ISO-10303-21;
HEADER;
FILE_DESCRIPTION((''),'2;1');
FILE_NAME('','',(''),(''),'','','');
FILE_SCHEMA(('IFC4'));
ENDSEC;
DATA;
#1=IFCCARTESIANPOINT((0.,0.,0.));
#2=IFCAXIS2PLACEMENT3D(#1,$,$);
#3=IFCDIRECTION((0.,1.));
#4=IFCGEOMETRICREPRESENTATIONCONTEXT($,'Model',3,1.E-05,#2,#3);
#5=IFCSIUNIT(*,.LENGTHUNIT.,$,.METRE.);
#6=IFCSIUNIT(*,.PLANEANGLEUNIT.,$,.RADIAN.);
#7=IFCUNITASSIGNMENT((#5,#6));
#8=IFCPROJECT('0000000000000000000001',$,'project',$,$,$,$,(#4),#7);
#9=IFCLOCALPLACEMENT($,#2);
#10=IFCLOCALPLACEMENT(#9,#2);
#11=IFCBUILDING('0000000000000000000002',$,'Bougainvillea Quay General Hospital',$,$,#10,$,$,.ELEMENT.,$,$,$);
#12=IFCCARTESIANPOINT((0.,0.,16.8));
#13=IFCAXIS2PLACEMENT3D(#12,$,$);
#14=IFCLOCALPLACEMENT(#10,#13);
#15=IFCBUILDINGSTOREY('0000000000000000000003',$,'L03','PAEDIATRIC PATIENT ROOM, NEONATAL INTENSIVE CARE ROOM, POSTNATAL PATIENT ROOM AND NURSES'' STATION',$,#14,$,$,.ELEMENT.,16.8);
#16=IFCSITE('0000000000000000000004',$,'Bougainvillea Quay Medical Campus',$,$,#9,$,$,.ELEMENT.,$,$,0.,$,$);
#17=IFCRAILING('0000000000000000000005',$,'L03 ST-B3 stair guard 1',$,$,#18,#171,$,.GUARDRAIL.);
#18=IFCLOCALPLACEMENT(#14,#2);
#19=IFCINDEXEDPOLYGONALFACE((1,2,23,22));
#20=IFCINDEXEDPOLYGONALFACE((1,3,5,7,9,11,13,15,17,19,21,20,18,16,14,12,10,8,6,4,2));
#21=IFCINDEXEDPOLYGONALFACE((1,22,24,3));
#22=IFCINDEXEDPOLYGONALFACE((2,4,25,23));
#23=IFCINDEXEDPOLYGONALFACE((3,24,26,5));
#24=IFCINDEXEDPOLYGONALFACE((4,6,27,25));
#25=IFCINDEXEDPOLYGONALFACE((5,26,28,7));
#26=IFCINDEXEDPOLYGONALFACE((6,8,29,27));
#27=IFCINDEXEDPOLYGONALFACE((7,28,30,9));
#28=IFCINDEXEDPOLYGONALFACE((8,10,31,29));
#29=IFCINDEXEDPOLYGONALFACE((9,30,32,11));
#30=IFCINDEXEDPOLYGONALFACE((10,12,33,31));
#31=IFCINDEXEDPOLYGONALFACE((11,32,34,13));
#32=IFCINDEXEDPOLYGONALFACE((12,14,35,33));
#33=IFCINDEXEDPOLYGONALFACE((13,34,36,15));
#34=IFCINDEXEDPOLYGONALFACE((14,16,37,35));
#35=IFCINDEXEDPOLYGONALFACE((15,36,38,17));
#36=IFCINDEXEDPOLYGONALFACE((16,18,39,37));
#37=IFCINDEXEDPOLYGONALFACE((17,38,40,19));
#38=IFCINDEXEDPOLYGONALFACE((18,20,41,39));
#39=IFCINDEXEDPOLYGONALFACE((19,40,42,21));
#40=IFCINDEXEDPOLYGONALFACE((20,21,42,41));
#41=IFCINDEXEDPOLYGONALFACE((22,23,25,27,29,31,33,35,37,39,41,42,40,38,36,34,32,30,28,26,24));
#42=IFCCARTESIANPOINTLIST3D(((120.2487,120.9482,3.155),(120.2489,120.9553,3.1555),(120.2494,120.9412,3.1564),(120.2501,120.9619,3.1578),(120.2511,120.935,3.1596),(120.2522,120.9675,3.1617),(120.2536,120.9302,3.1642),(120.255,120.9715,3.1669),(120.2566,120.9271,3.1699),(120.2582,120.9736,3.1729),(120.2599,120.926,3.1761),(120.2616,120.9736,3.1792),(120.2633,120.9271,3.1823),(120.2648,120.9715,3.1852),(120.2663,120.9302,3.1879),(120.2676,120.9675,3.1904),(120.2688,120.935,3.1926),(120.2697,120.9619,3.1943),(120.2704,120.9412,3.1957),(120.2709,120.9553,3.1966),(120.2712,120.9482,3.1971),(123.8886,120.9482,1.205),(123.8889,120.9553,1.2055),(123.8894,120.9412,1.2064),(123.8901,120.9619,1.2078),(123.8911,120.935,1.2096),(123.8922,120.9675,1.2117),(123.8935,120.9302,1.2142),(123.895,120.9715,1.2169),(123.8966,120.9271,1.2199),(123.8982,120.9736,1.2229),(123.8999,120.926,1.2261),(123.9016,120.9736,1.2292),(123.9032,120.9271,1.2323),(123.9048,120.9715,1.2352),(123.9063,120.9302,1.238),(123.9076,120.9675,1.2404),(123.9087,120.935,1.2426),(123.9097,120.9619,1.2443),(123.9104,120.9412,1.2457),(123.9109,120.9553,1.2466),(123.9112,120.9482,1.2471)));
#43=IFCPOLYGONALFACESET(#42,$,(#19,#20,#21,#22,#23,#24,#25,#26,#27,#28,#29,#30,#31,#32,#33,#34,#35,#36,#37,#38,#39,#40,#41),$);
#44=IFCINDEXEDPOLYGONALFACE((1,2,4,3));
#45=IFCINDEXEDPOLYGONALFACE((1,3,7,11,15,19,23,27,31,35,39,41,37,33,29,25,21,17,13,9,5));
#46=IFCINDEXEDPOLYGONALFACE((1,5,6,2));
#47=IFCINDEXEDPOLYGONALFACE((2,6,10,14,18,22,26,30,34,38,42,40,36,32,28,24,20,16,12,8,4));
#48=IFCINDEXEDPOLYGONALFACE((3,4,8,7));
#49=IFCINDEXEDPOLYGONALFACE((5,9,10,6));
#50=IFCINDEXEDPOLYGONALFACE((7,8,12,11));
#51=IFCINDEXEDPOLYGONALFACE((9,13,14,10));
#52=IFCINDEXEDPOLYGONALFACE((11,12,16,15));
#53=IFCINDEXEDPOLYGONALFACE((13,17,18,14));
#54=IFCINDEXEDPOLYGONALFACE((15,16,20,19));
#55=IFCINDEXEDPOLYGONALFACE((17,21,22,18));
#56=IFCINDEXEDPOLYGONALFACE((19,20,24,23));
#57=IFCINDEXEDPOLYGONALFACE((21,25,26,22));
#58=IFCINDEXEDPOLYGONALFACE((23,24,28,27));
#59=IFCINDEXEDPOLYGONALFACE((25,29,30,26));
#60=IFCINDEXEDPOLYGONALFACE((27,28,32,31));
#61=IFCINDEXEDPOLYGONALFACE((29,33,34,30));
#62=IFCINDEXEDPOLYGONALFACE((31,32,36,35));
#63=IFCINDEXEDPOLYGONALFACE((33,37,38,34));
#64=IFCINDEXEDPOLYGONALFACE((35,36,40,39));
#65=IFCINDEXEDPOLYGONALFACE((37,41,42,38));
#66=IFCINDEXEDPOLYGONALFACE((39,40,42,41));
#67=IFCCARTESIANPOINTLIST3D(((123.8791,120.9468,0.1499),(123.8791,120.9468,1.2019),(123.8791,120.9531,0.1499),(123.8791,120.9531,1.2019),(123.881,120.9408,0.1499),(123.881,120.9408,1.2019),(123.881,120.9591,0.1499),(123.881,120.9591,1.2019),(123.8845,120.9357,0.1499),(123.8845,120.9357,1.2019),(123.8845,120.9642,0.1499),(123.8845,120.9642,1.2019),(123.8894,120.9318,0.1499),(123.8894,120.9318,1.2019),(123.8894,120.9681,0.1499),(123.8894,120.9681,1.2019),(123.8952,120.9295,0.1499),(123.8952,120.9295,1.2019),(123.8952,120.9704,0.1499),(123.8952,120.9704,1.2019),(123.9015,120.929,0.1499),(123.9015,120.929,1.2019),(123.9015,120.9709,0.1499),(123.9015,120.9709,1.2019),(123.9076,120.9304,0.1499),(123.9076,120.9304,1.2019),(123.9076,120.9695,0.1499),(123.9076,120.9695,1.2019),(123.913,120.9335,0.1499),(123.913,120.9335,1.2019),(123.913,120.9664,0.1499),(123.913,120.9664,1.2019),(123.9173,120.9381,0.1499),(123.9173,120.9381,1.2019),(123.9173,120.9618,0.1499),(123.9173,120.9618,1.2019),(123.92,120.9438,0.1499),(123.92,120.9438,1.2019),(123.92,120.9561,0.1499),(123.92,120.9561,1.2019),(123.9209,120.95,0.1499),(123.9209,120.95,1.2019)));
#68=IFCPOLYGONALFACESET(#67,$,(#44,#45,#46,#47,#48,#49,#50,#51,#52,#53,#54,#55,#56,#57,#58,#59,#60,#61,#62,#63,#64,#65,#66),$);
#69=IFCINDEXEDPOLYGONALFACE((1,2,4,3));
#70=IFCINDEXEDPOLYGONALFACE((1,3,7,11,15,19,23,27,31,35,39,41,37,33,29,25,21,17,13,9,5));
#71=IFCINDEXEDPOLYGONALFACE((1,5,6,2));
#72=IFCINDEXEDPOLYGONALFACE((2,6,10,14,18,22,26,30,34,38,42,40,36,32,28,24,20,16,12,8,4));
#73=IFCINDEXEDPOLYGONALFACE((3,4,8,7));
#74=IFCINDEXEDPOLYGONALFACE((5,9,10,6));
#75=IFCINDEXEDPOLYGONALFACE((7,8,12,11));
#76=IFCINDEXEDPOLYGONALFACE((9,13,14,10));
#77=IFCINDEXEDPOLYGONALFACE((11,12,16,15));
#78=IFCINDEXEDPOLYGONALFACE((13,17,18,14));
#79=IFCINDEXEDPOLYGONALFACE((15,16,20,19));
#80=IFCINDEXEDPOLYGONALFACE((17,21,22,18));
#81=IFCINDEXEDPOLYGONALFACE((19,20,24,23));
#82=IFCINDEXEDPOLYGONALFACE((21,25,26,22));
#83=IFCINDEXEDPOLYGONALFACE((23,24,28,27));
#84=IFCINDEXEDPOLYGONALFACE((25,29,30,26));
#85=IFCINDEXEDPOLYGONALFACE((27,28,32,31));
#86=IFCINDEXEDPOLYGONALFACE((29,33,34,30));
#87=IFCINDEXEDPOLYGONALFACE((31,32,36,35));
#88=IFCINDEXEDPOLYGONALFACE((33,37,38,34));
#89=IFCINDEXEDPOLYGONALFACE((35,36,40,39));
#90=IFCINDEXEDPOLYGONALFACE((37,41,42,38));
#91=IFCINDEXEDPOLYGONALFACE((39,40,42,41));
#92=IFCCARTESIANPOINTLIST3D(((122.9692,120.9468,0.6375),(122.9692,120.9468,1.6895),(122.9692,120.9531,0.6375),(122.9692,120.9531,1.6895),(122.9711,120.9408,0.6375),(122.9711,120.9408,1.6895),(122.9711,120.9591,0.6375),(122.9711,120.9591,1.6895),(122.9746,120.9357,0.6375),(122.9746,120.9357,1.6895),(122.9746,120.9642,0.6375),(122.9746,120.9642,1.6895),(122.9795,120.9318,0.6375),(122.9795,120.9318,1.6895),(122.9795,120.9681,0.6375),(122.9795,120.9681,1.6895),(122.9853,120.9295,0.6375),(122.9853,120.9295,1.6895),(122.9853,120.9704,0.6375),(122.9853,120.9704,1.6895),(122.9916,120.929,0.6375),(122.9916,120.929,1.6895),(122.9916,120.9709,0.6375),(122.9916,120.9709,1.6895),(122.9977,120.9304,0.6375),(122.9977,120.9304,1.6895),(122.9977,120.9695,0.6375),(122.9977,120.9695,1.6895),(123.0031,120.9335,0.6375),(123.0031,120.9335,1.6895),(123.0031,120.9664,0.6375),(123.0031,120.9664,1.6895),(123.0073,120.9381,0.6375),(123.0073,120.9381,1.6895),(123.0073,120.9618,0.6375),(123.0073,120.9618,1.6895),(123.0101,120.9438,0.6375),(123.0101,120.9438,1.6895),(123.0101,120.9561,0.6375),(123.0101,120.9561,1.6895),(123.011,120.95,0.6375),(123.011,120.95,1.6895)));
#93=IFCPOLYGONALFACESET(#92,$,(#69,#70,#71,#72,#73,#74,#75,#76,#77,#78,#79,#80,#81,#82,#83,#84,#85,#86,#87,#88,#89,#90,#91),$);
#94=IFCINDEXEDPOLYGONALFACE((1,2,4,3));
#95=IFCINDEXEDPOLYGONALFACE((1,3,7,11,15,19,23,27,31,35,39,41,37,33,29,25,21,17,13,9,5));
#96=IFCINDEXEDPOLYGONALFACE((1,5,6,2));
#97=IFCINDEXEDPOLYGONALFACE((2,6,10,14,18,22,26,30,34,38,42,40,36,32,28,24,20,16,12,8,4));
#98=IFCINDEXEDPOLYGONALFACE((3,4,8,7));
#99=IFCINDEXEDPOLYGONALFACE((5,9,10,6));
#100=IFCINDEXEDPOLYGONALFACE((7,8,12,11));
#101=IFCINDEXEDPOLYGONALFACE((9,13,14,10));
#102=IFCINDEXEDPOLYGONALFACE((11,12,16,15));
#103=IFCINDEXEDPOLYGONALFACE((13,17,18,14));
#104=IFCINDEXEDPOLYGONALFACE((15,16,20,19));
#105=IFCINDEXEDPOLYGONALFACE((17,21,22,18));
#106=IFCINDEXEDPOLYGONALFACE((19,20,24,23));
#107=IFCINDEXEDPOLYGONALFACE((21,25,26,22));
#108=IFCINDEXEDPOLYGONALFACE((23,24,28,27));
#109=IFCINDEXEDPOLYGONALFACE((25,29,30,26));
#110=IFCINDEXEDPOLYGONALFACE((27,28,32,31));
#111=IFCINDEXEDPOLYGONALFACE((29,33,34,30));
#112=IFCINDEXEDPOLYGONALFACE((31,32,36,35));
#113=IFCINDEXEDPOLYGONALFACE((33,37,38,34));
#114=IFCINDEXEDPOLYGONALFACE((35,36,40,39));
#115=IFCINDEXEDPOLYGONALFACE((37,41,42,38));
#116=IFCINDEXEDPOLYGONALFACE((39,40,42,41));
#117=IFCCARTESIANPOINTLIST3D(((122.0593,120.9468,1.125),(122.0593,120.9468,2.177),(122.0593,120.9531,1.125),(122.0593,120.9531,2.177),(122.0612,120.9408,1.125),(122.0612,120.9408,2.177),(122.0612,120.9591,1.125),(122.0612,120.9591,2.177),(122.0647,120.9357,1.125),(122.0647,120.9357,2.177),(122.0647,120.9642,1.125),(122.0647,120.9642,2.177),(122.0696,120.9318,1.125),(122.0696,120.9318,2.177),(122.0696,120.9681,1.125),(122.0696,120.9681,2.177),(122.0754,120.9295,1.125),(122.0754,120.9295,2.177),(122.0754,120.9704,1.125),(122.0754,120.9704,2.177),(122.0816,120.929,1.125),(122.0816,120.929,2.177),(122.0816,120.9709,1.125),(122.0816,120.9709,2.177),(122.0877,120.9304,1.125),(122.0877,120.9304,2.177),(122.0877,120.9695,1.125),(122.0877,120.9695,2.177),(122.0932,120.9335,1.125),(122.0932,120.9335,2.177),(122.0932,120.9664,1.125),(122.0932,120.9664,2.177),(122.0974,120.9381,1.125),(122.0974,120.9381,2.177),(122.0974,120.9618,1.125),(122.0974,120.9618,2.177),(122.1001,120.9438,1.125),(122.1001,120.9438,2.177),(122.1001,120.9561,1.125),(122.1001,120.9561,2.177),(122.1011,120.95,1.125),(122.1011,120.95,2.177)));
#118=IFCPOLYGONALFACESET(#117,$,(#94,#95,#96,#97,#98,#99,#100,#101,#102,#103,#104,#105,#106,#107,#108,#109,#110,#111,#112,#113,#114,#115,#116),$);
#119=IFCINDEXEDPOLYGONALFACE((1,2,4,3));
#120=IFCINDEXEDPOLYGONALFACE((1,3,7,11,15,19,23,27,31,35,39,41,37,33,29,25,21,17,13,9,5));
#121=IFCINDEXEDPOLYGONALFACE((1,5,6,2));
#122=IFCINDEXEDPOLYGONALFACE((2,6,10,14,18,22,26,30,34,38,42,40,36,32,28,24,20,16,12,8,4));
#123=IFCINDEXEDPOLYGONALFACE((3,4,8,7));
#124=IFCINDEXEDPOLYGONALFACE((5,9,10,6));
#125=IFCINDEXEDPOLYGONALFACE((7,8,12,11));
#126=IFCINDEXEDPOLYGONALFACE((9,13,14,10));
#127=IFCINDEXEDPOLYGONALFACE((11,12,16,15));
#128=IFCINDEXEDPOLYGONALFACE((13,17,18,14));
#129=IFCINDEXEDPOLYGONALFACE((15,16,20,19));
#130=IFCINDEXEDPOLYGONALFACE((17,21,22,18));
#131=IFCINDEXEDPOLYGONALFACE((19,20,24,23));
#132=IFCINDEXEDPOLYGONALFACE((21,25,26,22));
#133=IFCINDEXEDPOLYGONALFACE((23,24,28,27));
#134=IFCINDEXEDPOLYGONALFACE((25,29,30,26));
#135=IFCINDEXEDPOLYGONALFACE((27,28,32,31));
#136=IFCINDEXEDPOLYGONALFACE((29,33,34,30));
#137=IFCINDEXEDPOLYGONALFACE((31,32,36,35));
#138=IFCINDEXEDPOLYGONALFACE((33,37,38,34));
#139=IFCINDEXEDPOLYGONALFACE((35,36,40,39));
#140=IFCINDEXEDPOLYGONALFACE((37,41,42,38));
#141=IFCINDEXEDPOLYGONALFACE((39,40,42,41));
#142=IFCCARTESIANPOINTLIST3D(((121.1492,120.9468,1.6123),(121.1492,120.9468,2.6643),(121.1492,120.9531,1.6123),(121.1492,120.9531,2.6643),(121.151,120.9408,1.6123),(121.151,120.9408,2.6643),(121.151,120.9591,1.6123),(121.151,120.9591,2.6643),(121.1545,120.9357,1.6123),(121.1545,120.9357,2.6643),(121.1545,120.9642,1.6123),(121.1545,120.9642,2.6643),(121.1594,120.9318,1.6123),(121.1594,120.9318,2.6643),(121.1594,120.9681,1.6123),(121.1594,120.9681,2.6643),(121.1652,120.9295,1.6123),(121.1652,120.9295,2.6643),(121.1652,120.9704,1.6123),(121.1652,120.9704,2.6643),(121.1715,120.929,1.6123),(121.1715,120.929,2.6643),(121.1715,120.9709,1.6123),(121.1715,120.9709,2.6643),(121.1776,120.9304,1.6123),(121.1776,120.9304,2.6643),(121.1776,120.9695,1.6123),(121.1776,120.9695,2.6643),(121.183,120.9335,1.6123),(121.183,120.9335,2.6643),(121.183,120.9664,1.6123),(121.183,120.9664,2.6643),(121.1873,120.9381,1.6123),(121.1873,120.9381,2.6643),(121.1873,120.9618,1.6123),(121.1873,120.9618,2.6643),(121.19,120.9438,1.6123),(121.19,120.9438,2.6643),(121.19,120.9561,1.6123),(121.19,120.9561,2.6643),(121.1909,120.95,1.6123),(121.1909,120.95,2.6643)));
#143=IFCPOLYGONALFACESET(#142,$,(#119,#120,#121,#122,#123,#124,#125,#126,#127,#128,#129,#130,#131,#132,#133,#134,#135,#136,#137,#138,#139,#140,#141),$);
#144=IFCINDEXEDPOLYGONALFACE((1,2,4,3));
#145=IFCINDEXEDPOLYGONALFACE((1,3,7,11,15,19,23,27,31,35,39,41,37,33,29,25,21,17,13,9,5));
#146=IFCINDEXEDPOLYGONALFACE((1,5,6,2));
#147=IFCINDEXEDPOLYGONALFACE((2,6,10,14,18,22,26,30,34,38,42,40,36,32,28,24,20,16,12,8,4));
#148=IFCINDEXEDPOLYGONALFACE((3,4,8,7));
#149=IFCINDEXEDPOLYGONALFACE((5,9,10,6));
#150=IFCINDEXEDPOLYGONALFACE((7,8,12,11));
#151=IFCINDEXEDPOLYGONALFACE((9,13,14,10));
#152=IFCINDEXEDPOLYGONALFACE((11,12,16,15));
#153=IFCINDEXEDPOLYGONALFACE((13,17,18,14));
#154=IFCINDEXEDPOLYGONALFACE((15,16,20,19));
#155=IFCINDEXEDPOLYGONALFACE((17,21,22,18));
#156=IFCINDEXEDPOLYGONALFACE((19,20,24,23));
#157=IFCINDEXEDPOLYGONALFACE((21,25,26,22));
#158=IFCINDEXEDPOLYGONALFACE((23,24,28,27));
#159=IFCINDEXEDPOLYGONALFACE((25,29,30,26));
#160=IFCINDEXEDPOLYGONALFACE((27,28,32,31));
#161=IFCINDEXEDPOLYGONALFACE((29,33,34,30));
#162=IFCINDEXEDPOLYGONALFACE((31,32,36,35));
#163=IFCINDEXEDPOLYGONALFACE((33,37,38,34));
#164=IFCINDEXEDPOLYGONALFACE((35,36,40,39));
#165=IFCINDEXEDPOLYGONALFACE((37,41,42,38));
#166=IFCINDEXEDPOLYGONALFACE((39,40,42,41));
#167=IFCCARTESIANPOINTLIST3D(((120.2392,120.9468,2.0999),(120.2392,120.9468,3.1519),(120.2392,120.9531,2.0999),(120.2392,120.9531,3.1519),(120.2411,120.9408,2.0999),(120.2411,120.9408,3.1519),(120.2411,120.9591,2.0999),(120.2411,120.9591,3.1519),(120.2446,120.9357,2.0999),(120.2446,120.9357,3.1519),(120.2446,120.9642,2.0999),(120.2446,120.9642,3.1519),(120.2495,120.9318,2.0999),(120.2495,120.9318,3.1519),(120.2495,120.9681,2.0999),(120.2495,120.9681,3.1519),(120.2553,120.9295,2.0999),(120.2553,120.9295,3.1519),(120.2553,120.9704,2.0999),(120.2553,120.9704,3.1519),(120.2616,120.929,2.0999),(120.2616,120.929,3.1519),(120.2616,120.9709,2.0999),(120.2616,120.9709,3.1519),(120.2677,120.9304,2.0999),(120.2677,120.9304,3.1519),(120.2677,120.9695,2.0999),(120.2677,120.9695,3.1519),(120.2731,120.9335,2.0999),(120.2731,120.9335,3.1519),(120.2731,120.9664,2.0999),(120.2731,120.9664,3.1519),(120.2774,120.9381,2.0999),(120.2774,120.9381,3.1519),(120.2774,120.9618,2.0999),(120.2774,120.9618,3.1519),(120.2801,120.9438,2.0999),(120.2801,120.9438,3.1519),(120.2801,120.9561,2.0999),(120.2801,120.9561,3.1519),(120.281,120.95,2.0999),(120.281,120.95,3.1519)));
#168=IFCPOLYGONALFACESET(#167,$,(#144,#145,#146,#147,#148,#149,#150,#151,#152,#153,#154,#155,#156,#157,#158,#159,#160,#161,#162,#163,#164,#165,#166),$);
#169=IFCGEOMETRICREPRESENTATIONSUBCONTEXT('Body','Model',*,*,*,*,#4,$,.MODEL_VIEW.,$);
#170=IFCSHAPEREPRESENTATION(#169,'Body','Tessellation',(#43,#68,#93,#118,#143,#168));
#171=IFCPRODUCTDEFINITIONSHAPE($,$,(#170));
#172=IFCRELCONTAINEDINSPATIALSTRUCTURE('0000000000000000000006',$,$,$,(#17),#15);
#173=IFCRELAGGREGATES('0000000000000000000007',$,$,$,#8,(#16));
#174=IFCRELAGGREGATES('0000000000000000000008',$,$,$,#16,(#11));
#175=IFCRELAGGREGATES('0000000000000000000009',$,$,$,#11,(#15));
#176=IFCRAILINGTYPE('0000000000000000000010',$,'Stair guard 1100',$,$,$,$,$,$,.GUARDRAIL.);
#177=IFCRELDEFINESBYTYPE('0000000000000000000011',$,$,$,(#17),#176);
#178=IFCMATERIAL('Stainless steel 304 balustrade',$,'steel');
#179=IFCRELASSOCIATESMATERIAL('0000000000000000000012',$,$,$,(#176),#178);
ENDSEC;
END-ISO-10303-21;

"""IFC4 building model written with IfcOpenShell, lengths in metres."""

from ifc_helpers import new_model, si_unit, direction, frame, origin, origin_2d, place, context, subcontext, project, spatial, circle, extrude, material, type_object, element, save


model = new_model("IFC4")

# Units and contexts
model_context = context("Model", 3, precision=1e-05, world=origin(), true_north=direction((0.0, 1.0)))
body_context = subcontext(model_context, "Body", "Model", "MODEL_VIEW")
ifc_project = project(units=[si_unit("LENGTHUNIT", "METRE"), si_unit("PLANEANGLEUNIT", "RADIAN")], contexts=[model_context])

# Site, building, storey
site_placement = place(None, origin())
site = spatial("IfcSite", under=ifc_project, at=site_placement, Name="Bougainvillea Quay Medical Campus", CompositionType="ELEMENT", RefElevation=0.0)
building_placement = place(site_placement, origin())
building = spatial("IfcBuilding", under=site, at=building_placement, Name="Bougainvillea Quay General Hospital", CompositionType="ELEMENT")
storey_placement = place(building_placement, frame((0.0, 0.0, 16.8)))
storey = spatial("IfcBuildingStorey", under=building, at=storey_placement, Name="L03", Description="PAEDIATRIC PATIENT ROOM, NEONATAL INTENSIVE CARE ROOM, POSTNATAL PATIENT ROOM AND NURSES' STATION", CompositionType="ELEMENT", Elevation=16.8)

# Railing
ifc_material_1 = material(Name="Stainless steel 304 balustrade", Category="steel")
railing_type_1 = type_object("IfcRailingType", Name="Stair guard 1100", PredefinedType="GUARDRAIL", material=ifc_material_1)
railing_1_placement = place(storey_placement, frame((123.8999, 120.95, 0.1499)))
element("IfcRailing", 1, at=railing_1_placement, inside=storey, type_object=railing_type_1, Name="L03 ST-B3 stair guard 1", PredefinedType="GUARDRAIL", context=body_context, shape_type="SweptSolid", body=[
    extrude(circle(Radius=0.0239, at=origin_2d()), frame((0.0, 0.0, 1.0762), z_axis=(-0.881479, 0.0, 0.472223), x_axis=(0.0, -1.0, 0.0)), (0.0, 0.0, 1.0), 4.1294),
    extrude(circle(Radius=0.021, at=origin_2d()), origin(), (0.0, 0.0, 1.0), 1.052),
    extrude(circle(Radius=0.021, at=origin_2d()), frame((-0.9099, 0.0, 0.4875)), (0.0, 0.0, 1.0), 1.052),
    extrude(circle(Radius=0.021, at=origin_2d()), frame((-1.8198, 0.0, 0.9751)), (0.0, 0.0, 1.0), 1.052),
    extrude(circle(Radius=0.021, at=origin_2d()), frame((-2.73, 0.0, 1.4624)), (0.0, 0.0, 1.0), 1.052),
    extrude(circle(Radius=0.021, at=origin_2d()), frame((-3.6399, 0.0, 1.95)), (0.0, 0.0, 1.0), 1.052),
])

save(model, "model.ifc")
